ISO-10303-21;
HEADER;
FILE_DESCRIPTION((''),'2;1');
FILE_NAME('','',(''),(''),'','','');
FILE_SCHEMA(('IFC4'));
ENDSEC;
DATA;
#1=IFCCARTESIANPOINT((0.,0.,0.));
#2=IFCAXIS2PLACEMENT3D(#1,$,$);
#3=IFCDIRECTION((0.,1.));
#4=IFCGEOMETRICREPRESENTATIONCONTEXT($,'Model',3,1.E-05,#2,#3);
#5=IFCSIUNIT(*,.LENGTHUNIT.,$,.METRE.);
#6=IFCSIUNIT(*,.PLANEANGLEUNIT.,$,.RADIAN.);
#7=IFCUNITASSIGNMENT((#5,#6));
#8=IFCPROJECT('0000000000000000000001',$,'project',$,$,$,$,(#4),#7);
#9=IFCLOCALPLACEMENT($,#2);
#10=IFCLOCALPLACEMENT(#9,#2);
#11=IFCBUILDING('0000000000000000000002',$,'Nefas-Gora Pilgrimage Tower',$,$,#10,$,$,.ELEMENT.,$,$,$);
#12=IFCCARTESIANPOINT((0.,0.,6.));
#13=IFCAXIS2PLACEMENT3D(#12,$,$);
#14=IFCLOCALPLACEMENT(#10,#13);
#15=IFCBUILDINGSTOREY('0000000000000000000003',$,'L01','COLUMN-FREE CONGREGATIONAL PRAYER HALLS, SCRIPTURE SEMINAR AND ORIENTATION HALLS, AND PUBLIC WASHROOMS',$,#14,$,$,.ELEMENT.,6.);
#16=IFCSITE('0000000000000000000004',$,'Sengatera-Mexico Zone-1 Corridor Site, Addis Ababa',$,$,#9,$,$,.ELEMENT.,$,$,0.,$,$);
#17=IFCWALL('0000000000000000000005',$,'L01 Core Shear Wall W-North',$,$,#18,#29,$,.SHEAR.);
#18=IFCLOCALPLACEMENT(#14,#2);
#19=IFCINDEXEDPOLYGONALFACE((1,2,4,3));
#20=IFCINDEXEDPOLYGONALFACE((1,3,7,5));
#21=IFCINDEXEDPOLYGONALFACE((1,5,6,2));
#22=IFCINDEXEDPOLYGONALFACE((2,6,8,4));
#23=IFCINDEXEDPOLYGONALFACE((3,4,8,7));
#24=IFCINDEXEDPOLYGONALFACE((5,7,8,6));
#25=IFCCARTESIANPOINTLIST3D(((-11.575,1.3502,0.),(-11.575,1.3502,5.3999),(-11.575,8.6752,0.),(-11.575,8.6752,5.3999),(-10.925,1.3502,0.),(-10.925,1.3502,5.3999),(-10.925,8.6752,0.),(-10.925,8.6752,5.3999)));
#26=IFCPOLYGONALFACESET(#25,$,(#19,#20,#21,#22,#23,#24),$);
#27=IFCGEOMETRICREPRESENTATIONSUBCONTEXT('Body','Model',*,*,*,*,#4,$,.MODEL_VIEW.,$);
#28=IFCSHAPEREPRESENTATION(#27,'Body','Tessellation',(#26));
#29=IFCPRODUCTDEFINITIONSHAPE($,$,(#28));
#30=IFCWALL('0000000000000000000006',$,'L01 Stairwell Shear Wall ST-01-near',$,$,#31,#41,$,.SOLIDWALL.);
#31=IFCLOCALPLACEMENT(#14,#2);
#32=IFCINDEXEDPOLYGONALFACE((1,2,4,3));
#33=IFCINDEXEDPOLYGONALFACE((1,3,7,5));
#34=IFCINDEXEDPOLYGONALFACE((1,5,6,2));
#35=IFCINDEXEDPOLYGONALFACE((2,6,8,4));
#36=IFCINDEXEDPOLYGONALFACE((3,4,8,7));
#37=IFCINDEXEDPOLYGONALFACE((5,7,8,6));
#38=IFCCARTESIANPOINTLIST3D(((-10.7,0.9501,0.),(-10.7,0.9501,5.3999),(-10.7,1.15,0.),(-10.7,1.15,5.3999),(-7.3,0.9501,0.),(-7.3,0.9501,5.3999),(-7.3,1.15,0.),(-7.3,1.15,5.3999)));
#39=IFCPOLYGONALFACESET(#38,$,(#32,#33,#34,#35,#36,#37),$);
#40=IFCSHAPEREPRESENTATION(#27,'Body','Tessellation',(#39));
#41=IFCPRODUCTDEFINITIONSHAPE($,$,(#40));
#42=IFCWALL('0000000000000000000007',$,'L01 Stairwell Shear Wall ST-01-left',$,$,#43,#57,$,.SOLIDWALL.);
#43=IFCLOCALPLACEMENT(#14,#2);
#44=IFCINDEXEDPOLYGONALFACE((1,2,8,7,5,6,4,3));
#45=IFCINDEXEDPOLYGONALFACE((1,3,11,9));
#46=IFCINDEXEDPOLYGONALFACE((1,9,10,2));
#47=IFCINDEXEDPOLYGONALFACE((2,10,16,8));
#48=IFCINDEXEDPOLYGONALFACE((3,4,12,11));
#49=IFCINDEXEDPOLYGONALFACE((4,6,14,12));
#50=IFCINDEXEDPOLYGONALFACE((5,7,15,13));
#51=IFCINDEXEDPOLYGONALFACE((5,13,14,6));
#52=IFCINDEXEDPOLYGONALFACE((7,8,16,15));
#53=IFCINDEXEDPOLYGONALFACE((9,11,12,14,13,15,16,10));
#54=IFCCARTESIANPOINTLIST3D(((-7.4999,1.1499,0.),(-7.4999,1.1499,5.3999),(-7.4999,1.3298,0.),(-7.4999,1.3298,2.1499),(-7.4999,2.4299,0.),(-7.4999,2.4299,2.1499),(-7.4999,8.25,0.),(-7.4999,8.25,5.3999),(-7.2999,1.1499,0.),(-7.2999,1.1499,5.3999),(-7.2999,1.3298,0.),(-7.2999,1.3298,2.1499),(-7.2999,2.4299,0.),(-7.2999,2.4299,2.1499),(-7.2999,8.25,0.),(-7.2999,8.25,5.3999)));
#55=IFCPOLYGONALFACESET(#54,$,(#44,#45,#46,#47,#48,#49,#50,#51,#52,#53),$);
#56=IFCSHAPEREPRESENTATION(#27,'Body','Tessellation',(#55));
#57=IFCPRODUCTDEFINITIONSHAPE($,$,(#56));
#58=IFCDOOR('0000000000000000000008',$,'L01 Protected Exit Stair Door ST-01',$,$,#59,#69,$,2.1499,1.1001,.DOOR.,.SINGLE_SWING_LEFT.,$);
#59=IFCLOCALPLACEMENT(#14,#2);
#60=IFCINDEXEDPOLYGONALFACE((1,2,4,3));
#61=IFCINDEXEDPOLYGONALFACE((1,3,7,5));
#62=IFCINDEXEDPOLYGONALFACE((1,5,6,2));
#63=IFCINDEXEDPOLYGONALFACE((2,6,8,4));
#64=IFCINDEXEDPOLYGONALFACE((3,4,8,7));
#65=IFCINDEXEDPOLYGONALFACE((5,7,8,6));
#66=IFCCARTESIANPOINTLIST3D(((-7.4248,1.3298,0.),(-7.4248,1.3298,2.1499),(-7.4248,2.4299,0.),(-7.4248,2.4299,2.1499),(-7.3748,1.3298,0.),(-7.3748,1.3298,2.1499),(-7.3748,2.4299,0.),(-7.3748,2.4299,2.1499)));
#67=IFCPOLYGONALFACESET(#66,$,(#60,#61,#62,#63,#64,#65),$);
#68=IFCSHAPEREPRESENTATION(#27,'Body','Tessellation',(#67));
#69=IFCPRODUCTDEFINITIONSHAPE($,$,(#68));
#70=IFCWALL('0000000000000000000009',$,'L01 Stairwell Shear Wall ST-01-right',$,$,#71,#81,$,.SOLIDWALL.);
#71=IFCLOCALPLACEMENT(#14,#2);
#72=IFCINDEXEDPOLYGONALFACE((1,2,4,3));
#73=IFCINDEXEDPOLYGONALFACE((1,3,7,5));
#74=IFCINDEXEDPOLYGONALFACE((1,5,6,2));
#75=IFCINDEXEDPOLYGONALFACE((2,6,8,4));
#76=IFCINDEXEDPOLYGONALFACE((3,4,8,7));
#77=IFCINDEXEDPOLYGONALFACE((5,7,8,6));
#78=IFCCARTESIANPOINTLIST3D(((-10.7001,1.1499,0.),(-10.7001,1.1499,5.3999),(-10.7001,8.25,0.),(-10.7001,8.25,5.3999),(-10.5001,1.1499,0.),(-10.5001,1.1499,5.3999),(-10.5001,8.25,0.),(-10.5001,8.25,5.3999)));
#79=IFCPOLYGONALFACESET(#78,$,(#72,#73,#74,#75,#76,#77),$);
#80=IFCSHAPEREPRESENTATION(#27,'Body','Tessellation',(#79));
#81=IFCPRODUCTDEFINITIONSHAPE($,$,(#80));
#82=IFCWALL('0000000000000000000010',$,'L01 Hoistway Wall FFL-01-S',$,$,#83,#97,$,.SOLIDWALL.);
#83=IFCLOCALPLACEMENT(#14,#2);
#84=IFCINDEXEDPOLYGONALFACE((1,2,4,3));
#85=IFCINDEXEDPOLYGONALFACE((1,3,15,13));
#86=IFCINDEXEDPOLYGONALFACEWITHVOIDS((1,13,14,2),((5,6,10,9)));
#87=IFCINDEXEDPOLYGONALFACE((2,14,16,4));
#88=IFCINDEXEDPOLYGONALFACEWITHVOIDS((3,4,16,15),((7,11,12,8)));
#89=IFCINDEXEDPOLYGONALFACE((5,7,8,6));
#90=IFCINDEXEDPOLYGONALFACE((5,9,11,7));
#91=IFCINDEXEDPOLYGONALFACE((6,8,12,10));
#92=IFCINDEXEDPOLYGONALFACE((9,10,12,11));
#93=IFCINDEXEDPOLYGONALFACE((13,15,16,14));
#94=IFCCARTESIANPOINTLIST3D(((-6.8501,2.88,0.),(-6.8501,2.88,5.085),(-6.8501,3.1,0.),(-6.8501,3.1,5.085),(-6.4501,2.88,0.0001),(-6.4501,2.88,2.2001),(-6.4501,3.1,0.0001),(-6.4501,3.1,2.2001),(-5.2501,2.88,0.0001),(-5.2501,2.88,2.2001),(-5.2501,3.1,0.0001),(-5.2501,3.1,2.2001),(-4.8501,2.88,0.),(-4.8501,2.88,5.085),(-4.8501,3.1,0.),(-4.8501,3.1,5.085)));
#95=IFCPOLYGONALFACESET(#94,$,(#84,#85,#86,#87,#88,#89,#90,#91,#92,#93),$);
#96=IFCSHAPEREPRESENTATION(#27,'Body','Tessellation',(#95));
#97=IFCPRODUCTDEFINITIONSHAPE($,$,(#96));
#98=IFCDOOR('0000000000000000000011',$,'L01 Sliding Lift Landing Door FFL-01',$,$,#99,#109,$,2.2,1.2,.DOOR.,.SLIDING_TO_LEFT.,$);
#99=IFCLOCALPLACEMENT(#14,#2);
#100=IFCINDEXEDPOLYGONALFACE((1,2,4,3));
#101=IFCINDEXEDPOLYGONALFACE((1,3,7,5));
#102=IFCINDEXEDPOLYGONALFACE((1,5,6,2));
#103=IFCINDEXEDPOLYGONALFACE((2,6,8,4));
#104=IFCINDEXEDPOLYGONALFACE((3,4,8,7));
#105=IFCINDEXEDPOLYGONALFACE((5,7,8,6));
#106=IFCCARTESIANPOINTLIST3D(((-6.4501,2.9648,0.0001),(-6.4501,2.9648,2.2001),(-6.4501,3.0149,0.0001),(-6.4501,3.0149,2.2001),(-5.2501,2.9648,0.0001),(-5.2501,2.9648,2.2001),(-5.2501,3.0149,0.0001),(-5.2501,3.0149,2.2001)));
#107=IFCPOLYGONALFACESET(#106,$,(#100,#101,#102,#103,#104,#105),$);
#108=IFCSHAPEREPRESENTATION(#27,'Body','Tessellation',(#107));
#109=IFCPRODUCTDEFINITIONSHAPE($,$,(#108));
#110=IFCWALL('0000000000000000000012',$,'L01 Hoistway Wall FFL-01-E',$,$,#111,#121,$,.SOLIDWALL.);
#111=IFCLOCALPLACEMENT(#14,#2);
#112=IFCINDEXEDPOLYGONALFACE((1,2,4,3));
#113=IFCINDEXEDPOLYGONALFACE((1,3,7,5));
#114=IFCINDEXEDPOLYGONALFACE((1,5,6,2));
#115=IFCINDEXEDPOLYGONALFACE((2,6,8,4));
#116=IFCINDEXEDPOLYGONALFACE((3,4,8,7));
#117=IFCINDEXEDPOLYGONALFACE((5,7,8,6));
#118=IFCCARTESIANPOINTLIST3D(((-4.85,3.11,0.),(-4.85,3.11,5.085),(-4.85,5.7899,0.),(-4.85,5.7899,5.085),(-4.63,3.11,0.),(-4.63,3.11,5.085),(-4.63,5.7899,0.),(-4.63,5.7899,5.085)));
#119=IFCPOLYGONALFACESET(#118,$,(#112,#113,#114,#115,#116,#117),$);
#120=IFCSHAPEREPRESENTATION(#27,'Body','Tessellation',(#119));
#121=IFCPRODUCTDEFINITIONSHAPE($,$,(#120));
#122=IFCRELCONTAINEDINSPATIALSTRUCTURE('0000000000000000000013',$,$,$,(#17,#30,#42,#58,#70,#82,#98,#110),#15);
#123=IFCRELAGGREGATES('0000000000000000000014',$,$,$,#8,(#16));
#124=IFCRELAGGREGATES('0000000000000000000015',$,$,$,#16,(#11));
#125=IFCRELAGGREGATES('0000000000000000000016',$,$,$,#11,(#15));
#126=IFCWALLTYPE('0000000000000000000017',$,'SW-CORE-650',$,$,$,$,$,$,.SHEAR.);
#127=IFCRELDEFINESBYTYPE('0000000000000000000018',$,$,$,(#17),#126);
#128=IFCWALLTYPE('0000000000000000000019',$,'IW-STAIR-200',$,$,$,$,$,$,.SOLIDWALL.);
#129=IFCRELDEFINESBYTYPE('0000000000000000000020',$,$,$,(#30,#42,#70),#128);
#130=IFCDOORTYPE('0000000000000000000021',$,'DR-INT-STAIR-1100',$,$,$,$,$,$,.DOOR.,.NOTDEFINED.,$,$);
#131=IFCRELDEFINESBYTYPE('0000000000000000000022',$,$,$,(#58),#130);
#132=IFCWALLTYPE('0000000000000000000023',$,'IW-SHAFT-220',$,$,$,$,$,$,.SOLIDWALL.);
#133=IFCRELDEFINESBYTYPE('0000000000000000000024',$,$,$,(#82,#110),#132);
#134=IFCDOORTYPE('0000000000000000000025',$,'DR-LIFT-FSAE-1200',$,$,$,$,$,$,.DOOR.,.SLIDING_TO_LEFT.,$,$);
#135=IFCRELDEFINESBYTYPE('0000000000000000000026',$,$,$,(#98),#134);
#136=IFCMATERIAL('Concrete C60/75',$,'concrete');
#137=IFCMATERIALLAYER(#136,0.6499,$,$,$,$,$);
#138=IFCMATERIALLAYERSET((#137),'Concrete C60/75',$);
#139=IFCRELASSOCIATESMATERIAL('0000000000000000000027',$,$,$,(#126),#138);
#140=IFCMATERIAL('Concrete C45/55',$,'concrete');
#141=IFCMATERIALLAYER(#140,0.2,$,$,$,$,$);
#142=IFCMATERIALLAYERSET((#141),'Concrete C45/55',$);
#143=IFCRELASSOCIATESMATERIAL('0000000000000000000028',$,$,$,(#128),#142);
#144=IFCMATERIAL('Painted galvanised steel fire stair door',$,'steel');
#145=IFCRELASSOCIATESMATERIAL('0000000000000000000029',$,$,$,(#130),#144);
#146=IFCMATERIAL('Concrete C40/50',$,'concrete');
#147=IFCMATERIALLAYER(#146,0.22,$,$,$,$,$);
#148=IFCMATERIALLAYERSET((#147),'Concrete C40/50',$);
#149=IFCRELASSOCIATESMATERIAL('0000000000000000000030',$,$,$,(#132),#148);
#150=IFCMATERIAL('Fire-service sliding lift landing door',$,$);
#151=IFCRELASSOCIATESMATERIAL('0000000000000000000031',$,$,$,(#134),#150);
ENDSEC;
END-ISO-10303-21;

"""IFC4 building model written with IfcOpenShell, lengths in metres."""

from ifc_helpers import new_model, si_unit, direction, frame, frame_2d, origin, place, context, subcontext, project, spatial, rectangle, extrude, source, transform, mapped, material, layer, layer_set, type_object, element, fill, save


model = new_model("IFC4")

# Units and contexts
model_context = context("Model", 3, precision=1e-05, world=origin(), true_north=direction((0.0, 1.0)))
body_context = subcontext(model_context, "Body", "Model", "MODEL_VIEW")
ifc_project = project(units=[si_unit("LENGTHUNIT", "METRE"), si_unit("PLANEANGLEUNIT", "RADIAN")], contexts=[model_context])

# Site, building, storey
site_placement = place(None, origin())
site = spatial("IfcSite", under=ifc_project, at=site_placement, Name="Sengatera-Mexico Zone-1 Corridor Site, Addis Ababa", CompositionType="ELEMENT", RefElevation=0.0)
building_placement = place(site_placement, origin())
building = spatial("IfcBuilding", under=site, at=building_placement, Name="Nefas-Gora Pilgrimage Tower", CompositionType="ELEMENT")
storey_placement = place(building_placement, frame((0.0, 0.0, 6.0)))
storey = spatial("IfcBuildingStorey", under=building, at=storey_placement, Name="L01", Description="COLUMN-FREE CONGREGATIONAL PRAYER HALLS, SCRIPTURE SEMINAR AND ORIENTATION HALLS, AND PUBLIC WASHROOMS", CompositionType="ELEMENT", Elevation=6.0)

# Walls
ifc_material_1 = material(Name="Concrete C60/75", Category="concrete")
ifc_layer_1 = layer(ifc_material_1, 0.6499)
ifc_layer_set_1 = layer_set([ifc_layer_1], Name="Concrete C60/75")
wall_type_1 = type_object("IfcWallType", Name="SW-CORE-650", PredefinedType="SHEAR", material=ifc_layer_set_1)
shared_shape_1 = source(origin(), body_context, "Body", "SweptSolid", [
    extrude(rectangle(XDim=7.325, YDim=0.6499, at=frame_2d((3.6626, 0.0))), origin(), (0.0, 0.0, 1.0), 5.3999),
])
wall_1_placement = place(storey_placement, frame((-11.25, 1.3501, 0.0), z_axis=(0.0, 0.0, 1.0), x_axis=(0.0, 1.0, 0.0)))
element("IfcWall", 1, at=wall_1_placement, inside=storey, type_object=wall_type_1, Name="L01 Core Shear Wall W-North", PredefinedType="SHEAR", context=body_context, shape_type="MappedRepresentation", body=[
    mapped(shared_shape_1, transform((0.0, 0.0, 0.0), x_axis=(1.0, 0.0, 0.0), y_axis=(0.0, 1.0, 0.0), z_axis=(0.0, 0.0, 1.0), scale=1.0)),
])
ifc_material_2 = material(Name="Concrete C45/55", Category="concrete")
ifc_layer_2 = layer(ifc_material_2, 0.2)
ifc_layer_set_2 = layer_set([ifc_layer_2], Name="Concrete C45/55")
wall_type_2 = type_object("IfcWallType", Name="IW-STAIR-200", PredefinedType="SOLIDWALL", material=ifc_layer_set_2)
shared_shape_2 = source(origin(), body_context, "Body", "SweptSolid", [
    extrude(rectangle(XDim=3.3999, YDim=0.2, at=frame_2d((1.7, 0.0))), origin(), (0.0, 0.0, 1.0), 5.3999),
])
wall_2_placement = place(storey_placement, frame((-7.3, 1.05, 0.0), z_axis=(0.0, 0.0, 1.0), x_axis=(-1.0, 0.0, 0.0)))
element("IfcWall", 2, at=wall_2_placement, inside=storey, type_object=wall_type_2, Name="L01 Stairwell Shear Wall ST-01-near", PredefinedType="SOLIDWALL", context=body_context, shape_type="MappedRepresentation", body=[
    mapped(shared_shape_2, transform((0.0, 0.0, 0.0), x_axis=(1.0, 0.0, 0.0), y_axis=(0.0, 1.0, 0.0), z_axis=(0.0, 0.0, 1.0), scale=1.0)),
])

# Wall, opening, door
shared_shape_3 = source(origin(), body_context, "Body", "SweptSolid", [
    extrude(rectangle(XDim=7.1001, YDim=0.2, at=frame_2d((3.55, 0.0))), origin(), (0.0, 0.0, 1.0), 5.3999),
])
wall_3_placement = place(storey_placement, frame((-7.3999, 1.1499, 0.0), z_axis=(0.0, 0.0, 1.0), x_axis=(0.0, 1.0, 0.0)))
wall_3 = element("IfcWall", 3, at=wall_3_placement, inside=storey, type_object=wall_type_2, Name="L01 Stairwell Shear Wall ST-01-left", PredefinedType="SOLIDWALL", context=body_context, shape_type="MappedRepresentation", body=[
    mapped(shared_shape_3, transform((0.0, 0.0, 0.0), x_axis=(1.0, 0.0, 0.0), y_axis=(0.0, 1.0, 0.0), z_axis=(0.0, 0.0, 1.0), scale=1.0)),
])
opening_1_placement = place(wall_3_placement, frame((0.1799, 0.0, 0.0)))
opening_1 = element("IfcOpeningElement", 4, at=opening_1_placement, cuts=wall_3, PredefinedType="OPENING", context=body_context, shape_type="SweptSolid", body=[
    extrude(rectangle(XDim=1.1001, YDim=2.1499, at=frame_2d((0.55, 1.075))), frame((0.0, 0.1099, 0.0), z_axis=(0.0, -1.0, 0.0), x_axis=(1.0, 0.0, 0.0)), (0.0, 0.0, 1.0), 0.22),
])
ifc_material_3 = material(Name="Painted galvanised steel fire stair door", Category="steel")
door_type_1 = type_object("IfcDoorType", Name="DR-INT-STAIR-1100", OperationType="NOTDEFINED", PredefinedType="DOOR", material=ifc_material_3)
shared_shape_4 = source(origin(), body_context, "Body", "SweptSolid", [
    extrude(rectangle(XDim=1.1001, YDim=2.1499, at=frame_2d((0.55, 1.075))), frame((0.0, 0.0249, 0.0), z_axis=(0.0, -1.0, 0.0), x_axis=(1.0, 0.0, 0.0)), (0.0, 0.0, 1.0), 0.05),
])
door_1_placement = place(opening_1_placement, origin())
door_1 = element("IfcDoor", 5, at=door_1_placement, inside=storey, type_object=door_type_1, Name="L01 Protected Exit Stair Door ST-01", OperationType="SINGLE_SWING_LEFT", OverallHeight=2.1499, OverallWidth=1.1001, PredefinedType="DOOR", context=body_context, shape_type="MappedRepresentation", body=[
    mapped(shared_shape_4, transform((0.0, 0.0, 0.0), x_axis=(1.0, 0.0, 0.0), y_axis=(0.0, 1.0, 0.0), z_axis=(0.0, 0.0, 1.0), scale=1.0)),
])
fill(opening_1, door_1)

# Wall
wall_4_placement = place(storey_placement, frame((-10.6001, 1.1499, 0.0), z_axis=(0.0, 0.0, 1.0), x_axis=(0.0, 1.0, 0.0)))
element("IfcWall", 6, at=wall_4_placement, inside=storey, type_object=wall_type_2, Name="L01 Stairwell Shear Wall ST-01-right", PredefinedType="SOLIDWALL", context=body_context, shape_type="MappedRepresentation", body=[
    mapped(shared_shape_3, transform((0.0, 0.0, 0.0), x_axis=(1.0, 0.0, 0.0), y_axis=(0.0, 1.0, 0.0), z_axis=(0.0, 0.0, 1.0), scale=1.0)),
])

# Wall, opening, door
ifc_material_4 = material(Name="Concrete C40/50", Category="concrete")
ifc_layer_3 = layer(ifc_material_4, 0.22)
ifc_layer_set_3 = layer_set([ifc_layer_3], Name="Concrete C40/50")
wall_type_3 = type_object("IfcWallType", Name="IW-SHAFT-220", PredefinedType="SOLIDWALL", material=ifc_layer_set_3)
shared_shape_5 = source(origin(), body_context, "Body", "SweptSolid", [
    extrude(rectangle(XDim=2.0, YDim=0.22, at=frame_2d((1.0, 0.0))), origin(), (0.0, 0.0, 1.0), 5.085),
])
wall_5_placement = place(storey_placement, frame((-6.8501, 2.99, 0.0), z_axis=(0.0, 0.0, 1.0), x_axis=(1.0, 0.0, 0.0)))
wall_5 = element("IfcWall", 7, at=wall_5_placement, inside=storey, type_object=wall_type_3, Name="L01 Hoistway Wall FFL-01-S", PredefinedType="SOLIDWALL", context=body_context, shape_type="MappedRepresentation", body=[
    mapped(shared_shape_5, transform((0.0, 0.0, 0.0), x_axis=(1.0, 0.0, 0.0), y_axis=(0.0, 1.0, 0.0), z_axis=(0.0, 0.0, 1.0), scale=1.0)),
])
opening_2_placement = place(wall_5_placement, frame((0.3999, 0.0, 0.0)))
opening_2 = element("IfcOpeningElement", 8, at=opening_2_placement, cuts=wall_5, PredefinedType="OPENING", context=body_context, shape_type="SweptSolid", body=[
    extrude(rectangle(XDim=1.2, YDim=2.2, at=frame_2d((0.6001, 1.1001))), frame((0.0, 0.1199, 0.0), z_axis=(0.0, -1.0, 0.0), x_axis=(1.0, 0.0, 0.0)), (0.0, 0.0, 1.0), 0.24),
])
ifc_material_5 = material(Name="Fire-service sliding lift landing door")
door_type_2 = type_object("IfcDoorType", Name="DR-LIFT-FSAE-1200", OperationType="SLIDING_TO_LEFT", PredefinedType="DOOR", material=ifc_material_5)
shared_shape_6 = source(origin(), body_context, "Body", "SweptSolid", [
    extrude(rectangle(XDim=1.2, YDim=2.2, at=frame_2d((0.6001, 1.1001))), frame((0.0, 0.0249, 0.0), z_axis=(0.0, -1.0, 0.0), x_axis=(1.0, 0.0, 0.0)), (0.0, 0.0, 1.0), 0.05),
])
door_2_placement = place(opening_2_placement, origin())
door_2 = element("IfcDoor", 9, at=door_2_placement, inside=storey, type_object=door_type_2, Name="L01 Sliding Lift Landing Door FFL-01", OperationType="SLIDING_TO_LEFT", OverallHeight=2.2, OverallWidth=1.2, PredefinedType="DOOR", context=body_context, shape_type="MappedRepresentation", body=[
    mapped(shared_shape_6, transform((0.0, 0.0, 0.0), x_axis=(1.0, 0.0, 0.0), y_axis=(0.0, 1.0, 0.0), z_axis=(0.0, 0.0, 1.0), scale=1.0)),
])
fill(opening_2, door_2)

# Wall
shared_shape_7 = source(origin(), body_context, "Body", "SweptSolid", [
    extrude(rectangle(XDim=2.6799, YDim=0.22, at=frame_2d((1.3398, 0.0))), origin(), (0.0, 0.0, 1.0), 5.085),
])
wall_6_placement = place(storey_placement, frame((-4.74, 3.1101, 0.0), z_axis=(0.0, 0.0, 1.0), x_axis=(0.0, 1.0, 0.0)))
element("IfcWall", 10, at=wall_6_placement, inside=storey, type_object=wall_type_3, Name="L01 Hoistway Wall FFL-01-E", PredefinedType="SOLIDWALL", context=body_context, shape_type="MappedRepresentation", body=[
    mapped(shared_shape_7, transform((0.0, 0.0, 0.0), x_axis=(1.0, 0.0, 0.0), y_axis=(0.0, 1.0, 0.0), z_axis=(0.0, 0.0, 1.0), scale=1.0)),
])

save(model, "model.ifc")
